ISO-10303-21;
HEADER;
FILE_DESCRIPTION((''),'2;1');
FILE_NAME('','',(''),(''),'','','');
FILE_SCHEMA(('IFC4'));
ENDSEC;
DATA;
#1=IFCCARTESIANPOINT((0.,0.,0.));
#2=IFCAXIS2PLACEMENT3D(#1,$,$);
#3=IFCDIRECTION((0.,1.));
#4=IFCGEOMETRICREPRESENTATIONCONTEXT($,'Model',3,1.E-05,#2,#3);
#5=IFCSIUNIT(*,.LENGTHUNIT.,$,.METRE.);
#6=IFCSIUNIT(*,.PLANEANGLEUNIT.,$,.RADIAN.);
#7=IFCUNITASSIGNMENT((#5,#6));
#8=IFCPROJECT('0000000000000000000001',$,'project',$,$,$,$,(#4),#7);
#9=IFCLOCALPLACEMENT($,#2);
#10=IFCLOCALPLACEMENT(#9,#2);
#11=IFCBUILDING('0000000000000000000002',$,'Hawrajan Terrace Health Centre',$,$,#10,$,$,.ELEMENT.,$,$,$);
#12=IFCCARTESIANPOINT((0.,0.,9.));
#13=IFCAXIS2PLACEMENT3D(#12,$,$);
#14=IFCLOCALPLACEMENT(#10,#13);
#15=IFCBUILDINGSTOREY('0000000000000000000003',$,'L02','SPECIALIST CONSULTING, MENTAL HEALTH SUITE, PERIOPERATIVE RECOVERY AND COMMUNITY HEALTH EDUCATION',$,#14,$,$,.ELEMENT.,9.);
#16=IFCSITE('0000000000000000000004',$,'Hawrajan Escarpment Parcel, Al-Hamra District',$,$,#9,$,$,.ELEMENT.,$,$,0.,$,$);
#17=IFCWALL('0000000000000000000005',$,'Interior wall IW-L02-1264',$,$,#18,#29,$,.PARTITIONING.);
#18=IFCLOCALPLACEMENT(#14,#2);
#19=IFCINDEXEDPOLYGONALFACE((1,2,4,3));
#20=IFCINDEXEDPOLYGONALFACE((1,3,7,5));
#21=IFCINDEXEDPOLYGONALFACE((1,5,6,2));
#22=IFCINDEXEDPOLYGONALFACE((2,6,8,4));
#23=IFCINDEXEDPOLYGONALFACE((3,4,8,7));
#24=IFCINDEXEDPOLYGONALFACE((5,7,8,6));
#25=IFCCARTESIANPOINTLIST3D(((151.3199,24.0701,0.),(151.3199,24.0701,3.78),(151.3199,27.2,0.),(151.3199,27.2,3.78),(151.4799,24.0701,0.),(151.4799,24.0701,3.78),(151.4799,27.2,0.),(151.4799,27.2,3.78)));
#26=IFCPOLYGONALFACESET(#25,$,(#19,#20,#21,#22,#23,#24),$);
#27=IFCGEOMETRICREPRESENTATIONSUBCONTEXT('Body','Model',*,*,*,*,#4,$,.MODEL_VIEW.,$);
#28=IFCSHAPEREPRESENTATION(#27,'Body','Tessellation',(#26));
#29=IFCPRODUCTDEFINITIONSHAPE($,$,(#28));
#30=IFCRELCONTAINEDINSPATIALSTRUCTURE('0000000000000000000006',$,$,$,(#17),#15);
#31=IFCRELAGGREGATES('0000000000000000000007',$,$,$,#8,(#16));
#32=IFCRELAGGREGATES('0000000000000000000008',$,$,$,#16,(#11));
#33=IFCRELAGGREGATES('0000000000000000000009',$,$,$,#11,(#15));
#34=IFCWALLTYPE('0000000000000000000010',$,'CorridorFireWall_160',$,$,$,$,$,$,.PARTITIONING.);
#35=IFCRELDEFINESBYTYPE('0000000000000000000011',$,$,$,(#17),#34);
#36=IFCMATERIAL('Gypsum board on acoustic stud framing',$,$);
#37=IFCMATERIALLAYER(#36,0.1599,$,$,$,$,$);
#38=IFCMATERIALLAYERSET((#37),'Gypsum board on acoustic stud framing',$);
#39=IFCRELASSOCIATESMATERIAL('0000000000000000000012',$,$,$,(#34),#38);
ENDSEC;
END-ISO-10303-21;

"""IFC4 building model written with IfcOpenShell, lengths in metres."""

from ifc_helpers import new_model, si_unit, direction, frame, frame_2d, origin, place, context, subcontext, project, spatial, rectangle, extrude, material, layer, layer_set, type_object, element, save


model = new_model("IFC4")

# Units and contexts
model_context = context("Model", 3, precision=1e-05, world=origin(), true_north=direction((0.0, 1.0)))
body_context = subcontext(model_context, "Body", "Model", "MODEL_VIEW")
ifc_project = project(units=[si_unit("LENGTHUNIT", "METRE"), si_unit("PLANEANGLEUNIT", "RADIAN")], contexts=[model_context])

# Site, building, storey
site_placement = place(None, origin())
site = spatial("IfcSite", under=ifc_project, at=site_placement, Name="Hawrajan Escarpment Parcel, Al-Hamra District", CompositionType="ELEMENT", RefElevation=0.0)
building_placement = place(site_placement, origin())
building = spatial("IfcBuilding", under=site, at=building_placement, Name="Hawrajan Terrace Health Centre", CompositionType="ELEMENT")
storey_placement = place(building_placement, frame((0.0, 0.0, 9.0)))
storey = spatial("IfcBuildingStorey", under=building, at=storey_placement, Name="L02", Description="SPECIALIST CONSULTING, MENTAL HEALTH SUITE, PERIOPERATIVE RECOVERY AND COMMUNITY HEALTH EDUCATION", CompositionType="ELEMENT", Elevation=9.0)

# Shared definitions
ifc_material_1 = material(Name="Gypsum board on acoustic stud framing")

# Wall
ifc_layer_1 = layer(ifc_material_1, 0.1599)
ifc_layer_set_1 = layer_set([ifc_layer_1], Name="Gypsum board on acoustic stud framing")
wall_type_1 = type_object("IfcWallType", Name="CorridorFireWall_160", PredefinedType="PARTITIONING", material=ifc_layer_set_1)
wall_1_placement = place(storey_placement, frame((151.3999, 24.0701, 0.0), z_axis=(0.0, 0.0, 1.0), x_axis=(0.0, 1.0, 0.0)))
element("IfcWall", 1, at=wall_1_placement, inside=storey, type_object=wall_type_1, Name="Interior wall IW-L02-1264", PredefinedType="PARTITIONING", context=body_context, shape_type="SweptSolid", body=[
    extrude(rectangle(XDim=3.1299, YDim=0.1599, at=frame_2d((1.5649, 0.0))), origin(), (0.0, 0.0, 1.0), 3.78),
])

save(model, "model.ifc")
